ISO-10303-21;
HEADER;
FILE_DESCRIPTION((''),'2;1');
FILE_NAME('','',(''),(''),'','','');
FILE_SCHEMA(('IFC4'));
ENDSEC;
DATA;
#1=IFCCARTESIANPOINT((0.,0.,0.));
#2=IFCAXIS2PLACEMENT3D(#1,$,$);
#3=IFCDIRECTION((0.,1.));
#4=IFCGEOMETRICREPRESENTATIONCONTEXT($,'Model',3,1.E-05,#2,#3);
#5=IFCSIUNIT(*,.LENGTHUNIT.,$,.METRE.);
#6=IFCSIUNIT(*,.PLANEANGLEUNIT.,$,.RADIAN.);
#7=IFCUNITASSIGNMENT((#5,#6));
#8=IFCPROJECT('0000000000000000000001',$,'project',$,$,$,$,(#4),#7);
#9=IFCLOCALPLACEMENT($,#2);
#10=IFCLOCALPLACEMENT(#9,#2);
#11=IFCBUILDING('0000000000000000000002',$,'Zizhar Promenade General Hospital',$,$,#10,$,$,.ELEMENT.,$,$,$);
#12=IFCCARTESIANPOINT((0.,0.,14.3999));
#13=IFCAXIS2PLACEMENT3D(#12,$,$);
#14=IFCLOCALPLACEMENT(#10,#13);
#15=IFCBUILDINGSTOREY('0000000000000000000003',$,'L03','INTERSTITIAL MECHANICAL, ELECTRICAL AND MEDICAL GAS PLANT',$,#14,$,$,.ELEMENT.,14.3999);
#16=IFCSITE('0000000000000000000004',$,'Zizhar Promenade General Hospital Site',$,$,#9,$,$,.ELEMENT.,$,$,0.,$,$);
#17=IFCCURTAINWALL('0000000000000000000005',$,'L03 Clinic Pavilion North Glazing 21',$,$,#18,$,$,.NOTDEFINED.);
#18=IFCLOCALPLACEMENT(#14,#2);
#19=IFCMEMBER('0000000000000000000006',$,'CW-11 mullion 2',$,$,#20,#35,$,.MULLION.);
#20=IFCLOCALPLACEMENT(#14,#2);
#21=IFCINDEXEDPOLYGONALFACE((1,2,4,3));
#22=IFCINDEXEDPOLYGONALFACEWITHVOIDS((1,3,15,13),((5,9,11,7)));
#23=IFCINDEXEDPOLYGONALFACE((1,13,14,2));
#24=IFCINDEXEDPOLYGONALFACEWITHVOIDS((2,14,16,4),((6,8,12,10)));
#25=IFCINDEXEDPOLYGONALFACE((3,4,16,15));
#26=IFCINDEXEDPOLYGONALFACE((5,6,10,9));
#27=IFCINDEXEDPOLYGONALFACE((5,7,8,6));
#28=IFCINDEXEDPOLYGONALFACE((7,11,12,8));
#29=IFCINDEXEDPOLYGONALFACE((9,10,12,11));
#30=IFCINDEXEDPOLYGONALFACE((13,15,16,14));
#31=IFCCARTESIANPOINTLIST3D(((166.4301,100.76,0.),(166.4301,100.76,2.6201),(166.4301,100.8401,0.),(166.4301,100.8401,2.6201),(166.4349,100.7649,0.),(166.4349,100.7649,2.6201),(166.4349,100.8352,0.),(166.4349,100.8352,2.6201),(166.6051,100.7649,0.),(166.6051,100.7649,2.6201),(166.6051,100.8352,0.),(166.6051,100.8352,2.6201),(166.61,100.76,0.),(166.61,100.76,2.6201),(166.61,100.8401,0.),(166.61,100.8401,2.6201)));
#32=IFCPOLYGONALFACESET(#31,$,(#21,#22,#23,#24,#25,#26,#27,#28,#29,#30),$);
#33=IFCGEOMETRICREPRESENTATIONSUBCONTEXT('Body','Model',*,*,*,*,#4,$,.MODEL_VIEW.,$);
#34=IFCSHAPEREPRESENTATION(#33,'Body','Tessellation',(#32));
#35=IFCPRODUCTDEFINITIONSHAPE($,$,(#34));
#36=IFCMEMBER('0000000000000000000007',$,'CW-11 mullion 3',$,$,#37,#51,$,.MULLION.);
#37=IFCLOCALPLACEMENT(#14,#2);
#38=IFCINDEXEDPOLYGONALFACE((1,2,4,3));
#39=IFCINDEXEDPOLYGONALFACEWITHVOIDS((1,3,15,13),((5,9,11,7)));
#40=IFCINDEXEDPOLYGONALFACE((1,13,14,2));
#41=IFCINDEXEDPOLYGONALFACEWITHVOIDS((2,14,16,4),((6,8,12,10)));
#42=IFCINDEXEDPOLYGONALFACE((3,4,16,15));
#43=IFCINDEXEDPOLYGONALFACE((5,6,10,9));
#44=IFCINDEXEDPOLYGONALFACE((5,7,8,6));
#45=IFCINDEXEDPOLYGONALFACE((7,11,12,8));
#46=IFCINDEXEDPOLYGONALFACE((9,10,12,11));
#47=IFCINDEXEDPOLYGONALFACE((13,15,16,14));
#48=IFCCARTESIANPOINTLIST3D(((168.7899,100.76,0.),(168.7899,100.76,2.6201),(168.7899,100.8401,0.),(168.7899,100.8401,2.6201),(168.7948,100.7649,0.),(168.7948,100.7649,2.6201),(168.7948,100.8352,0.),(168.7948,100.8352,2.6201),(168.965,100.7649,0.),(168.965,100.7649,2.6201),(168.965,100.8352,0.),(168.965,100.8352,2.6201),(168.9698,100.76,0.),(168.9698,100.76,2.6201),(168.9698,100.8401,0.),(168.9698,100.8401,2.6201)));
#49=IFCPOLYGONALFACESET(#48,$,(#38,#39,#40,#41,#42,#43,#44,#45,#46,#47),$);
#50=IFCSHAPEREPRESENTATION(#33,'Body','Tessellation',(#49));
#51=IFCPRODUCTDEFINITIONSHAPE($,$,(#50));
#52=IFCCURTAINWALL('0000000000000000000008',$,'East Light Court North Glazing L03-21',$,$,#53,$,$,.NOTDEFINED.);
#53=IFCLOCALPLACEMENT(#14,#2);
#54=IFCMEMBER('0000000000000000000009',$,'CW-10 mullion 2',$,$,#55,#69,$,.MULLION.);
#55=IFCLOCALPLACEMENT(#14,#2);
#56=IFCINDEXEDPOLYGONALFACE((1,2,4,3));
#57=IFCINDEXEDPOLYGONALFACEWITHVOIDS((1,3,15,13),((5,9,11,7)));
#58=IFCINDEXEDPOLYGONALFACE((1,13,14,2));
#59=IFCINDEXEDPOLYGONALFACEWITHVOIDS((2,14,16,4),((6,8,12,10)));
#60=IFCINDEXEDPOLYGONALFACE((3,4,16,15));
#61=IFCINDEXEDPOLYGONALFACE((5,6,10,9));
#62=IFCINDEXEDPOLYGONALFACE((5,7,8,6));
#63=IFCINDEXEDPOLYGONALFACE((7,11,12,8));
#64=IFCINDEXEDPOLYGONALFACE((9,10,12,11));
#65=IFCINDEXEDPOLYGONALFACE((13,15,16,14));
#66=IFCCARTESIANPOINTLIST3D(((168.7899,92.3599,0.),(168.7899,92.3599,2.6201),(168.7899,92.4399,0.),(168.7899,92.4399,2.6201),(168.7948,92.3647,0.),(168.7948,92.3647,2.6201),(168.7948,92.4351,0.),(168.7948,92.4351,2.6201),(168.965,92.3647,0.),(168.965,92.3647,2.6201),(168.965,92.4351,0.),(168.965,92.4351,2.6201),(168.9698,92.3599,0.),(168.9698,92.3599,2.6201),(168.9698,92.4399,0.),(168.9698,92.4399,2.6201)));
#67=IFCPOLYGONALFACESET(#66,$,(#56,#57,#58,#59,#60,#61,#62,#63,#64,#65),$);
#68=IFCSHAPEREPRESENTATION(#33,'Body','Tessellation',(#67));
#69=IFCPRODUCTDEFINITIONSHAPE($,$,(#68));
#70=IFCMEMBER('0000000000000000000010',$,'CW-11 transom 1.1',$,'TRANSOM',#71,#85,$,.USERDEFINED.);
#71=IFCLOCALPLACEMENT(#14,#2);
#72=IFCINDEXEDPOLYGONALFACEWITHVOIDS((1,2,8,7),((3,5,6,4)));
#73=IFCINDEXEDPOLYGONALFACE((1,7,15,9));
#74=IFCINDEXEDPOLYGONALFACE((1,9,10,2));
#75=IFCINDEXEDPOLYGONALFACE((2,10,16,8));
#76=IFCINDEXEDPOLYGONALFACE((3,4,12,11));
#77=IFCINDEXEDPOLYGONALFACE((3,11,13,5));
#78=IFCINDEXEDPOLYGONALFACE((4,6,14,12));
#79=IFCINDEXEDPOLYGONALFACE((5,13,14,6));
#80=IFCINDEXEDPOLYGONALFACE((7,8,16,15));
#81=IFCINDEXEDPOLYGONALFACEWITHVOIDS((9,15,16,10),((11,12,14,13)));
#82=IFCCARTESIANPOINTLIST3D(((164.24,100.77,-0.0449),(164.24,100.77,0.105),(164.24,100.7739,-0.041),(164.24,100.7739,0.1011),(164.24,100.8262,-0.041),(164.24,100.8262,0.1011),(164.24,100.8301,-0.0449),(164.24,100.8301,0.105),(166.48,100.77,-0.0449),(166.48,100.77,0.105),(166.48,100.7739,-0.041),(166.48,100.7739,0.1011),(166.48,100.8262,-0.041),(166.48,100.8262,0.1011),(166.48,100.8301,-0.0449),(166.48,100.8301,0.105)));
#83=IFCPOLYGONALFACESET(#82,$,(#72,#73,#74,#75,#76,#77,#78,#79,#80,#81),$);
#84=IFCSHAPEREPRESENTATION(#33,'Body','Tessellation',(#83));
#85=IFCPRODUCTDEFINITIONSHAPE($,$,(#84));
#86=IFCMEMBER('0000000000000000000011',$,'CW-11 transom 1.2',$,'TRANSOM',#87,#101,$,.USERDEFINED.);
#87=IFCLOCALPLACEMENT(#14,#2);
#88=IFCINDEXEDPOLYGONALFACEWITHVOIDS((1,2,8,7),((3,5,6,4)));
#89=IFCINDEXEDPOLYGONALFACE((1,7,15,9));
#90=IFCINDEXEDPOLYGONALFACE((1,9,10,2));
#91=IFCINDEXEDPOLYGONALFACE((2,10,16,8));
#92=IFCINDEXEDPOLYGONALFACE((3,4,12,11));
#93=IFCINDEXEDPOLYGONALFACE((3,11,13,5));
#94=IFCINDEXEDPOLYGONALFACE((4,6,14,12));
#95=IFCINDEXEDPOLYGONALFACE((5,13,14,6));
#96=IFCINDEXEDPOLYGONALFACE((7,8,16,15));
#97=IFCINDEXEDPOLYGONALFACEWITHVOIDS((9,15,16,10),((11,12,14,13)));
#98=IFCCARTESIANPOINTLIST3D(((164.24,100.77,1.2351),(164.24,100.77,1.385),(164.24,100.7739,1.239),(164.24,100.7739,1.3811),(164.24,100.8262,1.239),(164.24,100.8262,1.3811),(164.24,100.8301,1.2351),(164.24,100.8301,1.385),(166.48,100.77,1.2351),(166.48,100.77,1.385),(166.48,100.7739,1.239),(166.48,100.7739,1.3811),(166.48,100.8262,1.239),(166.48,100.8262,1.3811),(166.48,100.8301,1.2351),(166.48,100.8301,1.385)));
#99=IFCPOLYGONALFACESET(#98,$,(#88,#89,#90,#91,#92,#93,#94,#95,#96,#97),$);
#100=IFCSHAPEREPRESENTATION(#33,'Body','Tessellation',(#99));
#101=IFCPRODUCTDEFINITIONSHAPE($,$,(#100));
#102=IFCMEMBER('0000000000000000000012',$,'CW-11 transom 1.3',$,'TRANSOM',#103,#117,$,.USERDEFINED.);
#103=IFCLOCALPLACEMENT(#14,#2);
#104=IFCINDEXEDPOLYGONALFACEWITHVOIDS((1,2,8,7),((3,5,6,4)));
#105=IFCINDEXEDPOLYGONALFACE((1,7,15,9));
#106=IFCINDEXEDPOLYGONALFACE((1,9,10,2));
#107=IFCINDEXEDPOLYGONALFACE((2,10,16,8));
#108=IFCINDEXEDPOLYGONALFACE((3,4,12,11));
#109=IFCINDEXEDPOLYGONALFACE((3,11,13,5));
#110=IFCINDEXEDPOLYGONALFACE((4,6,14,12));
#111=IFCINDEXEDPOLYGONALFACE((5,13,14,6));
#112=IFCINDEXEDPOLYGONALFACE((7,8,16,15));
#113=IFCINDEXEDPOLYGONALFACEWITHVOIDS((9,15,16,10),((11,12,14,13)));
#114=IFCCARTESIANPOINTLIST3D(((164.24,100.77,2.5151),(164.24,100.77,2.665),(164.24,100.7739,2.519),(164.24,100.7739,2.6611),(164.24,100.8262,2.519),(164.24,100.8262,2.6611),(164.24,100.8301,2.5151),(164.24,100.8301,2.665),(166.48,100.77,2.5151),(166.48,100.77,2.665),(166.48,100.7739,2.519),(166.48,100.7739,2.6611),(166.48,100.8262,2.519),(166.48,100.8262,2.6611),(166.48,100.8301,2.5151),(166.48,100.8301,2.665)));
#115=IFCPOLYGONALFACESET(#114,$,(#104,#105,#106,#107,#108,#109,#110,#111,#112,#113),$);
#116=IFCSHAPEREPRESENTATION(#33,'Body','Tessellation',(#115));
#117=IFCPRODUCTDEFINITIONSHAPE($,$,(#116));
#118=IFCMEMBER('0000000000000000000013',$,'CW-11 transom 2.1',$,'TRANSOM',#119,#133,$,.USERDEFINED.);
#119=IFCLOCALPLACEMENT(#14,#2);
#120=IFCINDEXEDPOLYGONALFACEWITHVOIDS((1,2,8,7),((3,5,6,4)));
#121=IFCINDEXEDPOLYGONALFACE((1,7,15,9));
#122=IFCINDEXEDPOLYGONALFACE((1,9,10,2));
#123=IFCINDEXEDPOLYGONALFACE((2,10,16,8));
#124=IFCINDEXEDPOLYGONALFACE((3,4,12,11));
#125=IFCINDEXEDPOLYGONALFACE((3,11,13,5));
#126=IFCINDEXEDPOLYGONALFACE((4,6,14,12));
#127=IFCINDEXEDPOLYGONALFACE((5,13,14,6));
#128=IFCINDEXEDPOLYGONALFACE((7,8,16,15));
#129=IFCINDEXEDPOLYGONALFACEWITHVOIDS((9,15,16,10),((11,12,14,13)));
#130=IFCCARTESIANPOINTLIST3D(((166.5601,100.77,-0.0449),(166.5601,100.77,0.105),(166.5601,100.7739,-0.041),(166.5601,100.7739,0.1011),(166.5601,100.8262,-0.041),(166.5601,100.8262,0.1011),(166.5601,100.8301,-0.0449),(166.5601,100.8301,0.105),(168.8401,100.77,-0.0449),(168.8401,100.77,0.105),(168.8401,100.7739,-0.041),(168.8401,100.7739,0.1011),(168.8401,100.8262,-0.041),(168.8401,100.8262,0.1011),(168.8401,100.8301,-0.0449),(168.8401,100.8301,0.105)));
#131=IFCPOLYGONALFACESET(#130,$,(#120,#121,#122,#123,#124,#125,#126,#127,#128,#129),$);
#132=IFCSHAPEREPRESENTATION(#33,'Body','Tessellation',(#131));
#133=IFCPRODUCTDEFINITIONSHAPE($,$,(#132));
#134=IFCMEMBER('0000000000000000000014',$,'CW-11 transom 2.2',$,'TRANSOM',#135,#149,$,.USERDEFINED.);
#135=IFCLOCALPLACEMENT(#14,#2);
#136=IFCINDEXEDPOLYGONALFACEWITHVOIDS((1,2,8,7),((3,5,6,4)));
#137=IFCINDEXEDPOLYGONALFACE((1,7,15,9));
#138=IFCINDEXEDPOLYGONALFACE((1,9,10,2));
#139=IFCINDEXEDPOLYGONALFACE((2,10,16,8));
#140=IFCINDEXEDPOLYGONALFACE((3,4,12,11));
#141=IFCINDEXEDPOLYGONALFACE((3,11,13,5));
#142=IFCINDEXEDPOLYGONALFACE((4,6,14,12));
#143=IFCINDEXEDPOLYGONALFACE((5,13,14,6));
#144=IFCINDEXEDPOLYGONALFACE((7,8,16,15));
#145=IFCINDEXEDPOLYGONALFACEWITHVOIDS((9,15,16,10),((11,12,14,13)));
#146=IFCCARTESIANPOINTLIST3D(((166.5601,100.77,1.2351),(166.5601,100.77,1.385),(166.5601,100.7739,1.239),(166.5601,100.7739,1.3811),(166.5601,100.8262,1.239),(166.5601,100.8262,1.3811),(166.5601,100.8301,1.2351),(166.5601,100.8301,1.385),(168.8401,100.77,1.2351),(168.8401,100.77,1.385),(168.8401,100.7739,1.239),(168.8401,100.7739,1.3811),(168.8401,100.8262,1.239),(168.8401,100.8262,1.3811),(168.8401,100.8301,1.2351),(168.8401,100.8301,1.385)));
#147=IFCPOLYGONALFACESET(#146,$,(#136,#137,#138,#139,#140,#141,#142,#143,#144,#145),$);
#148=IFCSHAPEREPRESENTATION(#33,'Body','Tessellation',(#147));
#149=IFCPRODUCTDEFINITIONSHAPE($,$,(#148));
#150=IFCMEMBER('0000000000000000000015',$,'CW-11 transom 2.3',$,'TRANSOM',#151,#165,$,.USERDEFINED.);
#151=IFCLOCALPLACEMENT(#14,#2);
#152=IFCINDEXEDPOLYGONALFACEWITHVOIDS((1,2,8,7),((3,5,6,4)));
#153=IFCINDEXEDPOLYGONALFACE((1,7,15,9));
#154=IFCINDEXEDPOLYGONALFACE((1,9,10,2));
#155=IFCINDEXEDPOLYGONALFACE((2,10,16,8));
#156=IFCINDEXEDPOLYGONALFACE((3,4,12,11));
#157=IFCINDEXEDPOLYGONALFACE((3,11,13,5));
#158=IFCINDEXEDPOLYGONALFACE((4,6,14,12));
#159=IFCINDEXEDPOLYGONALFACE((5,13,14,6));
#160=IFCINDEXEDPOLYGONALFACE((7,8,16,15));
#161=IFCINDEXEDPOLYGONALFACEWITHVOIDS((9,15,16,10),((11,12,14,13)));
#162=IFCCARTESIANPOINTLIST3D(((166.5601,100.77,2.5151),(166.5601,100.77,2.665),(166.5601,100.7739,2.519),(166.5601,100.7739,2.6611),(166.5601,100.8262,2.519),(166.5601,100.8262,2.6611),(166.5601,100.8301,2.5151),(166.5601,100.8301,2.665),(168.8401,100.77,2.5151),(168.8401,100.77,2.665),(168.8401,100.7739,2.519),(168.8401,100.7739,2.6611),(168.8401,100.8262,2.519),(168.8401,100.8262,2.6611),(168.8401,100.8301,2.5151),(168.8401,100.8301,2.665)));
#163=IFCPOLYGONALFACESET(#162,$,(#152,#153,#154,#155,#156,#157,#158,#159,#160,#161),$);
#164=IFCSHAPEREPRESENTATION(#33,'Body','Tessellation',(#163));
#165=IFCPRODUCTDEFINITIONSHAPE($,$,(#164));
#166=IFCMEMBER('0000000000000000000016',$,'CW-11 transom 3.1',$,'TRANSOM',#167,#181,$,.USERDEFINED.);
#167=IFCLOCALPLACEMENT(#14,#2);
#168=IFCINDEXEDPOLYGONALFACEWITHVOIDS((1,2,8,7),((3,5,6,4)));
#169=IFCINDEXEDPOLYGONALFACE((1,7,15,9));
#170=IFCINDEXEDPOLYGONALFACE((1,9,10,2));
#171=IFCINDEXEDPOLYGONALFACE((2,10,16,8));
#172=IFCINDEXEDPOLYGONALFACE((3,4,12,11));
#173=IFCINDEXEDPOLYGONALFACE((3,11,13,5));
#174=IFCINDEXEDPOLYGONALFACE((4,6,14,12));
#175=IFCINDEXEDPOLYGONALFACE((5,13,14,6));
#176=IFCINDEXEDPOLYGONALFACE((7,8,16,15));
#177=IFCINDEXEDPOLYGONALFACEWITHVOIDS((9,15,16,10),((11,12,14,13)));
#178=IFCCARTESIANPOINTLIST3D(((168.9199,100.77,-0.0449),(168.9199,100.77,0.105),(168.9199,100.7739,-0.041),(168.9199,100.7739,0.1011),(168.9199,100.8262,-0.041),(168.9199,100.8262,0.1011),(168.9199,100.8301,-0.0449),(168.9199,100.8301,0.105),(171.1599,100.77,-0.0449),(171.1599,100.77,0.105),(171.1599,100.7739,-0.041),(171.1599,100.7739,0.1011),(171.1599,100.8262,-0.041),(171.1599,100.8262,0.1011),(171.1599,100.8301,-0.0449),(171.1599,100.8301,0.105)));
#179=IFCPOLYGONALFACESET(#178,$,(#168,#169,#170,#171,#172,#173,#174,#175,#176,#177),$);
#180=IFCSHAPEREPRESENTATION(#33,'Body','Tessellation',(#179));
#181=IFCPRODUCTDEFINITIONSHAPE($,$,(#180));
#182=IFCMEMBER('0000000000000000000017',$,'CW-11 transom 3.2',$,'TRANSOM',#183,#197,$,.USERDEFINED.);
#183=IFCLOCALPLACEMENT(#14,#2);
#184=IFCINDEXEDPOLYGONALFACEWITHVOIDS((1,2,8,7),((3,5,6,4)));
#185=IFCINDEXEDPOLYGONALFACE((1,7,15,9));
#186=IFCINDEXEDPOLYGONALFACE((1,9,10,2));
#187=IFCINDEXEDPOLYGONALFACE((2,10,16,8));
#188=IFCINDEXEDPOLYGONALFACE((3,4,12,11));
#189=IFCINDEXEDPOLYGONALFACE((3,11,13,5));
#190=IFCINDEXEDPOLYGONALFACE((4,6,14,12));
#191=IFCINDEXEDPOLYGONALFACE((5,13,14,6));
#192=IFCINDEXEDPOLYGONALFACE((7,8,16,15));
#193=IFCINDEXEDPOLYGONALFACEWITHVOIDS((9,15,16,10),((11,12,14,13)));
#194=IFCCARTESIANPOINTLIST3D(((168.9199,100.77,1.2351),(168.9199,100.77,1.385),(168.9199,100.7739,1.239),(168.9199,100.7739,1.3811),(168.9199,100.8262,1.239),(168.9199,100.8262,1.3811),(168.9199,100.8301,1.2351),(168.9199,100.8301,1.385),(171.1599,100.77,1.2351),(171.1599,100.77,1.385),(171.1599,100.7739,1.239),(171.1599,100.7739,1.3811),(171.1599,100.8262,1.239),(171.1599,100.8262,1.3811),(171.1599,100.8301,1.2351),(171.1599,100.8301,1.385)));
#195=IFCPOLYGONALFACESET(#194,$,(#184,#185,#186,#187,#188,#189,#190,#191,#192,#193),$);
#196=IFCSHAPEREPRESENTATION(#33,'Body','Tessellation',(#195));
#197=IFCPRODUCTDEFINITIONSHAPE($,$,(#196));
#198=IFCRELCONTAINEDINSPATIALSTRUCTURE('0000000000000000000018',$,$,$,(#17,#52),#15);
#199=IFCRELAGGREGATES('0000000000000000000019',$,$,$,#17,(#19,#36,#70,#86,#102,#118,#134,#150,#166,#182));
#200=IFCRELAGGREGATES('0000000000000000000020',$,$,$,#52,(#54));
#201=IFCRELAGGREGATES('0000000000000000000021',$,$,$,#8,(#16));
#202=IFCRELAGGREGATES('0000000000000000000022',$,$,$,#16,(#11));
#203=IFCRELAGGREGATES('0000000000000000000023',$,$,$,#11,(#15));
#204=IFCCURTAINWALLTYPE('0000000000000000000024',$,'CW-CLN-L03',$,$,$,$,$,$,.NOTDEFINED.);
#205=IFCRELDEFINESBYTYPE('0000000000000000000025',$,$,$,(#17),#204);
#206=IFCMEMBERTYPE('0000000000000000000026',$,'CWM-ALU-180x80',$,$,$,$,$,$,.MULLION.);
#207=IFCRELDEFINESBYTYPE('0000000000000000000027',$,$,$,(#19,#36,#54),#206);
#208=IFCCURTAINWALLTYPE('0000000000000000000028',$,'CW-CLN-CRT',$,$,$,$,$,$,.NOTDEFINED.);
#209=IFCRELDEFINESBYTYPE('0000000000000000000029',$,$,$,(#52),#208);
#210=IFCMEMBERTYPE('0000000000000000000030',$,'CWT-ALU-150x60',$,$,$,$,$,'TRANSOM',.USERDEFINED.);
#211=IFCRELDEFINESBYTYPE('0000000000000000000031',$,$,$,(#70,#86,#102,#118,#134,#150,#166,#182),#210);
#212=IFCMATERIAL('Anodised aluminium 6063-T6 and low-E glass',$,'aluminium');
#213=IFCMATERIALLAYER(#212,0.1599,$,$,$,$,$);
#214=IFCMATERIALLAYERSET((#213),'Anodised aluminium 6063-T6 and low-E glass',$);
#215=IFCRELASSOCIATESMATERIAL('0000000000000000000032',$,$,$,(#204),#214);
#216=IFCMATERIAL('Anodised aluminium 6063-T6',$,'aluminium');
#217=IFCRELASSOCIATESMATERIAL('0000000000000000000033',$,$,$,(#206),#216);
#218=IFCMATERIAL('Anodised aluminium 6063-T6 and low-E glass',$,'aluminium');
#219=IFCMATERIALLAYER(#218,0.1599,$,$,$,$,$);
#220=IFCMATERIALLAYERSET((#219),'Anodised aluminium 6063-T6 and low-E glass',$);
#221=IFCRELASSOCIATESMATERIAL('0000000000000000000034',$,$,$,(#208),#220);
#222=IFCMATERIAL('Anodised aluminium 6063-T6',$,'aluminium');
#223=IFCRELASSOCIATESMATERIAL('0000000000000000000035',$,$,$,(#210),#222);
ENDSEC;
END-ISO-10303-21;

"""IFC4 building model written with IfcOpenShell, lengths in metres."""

from ifc_helpers import new_model, si_unit, direction, frame, origin, origin_2d, place, context, subcontext, project, spatial, hollow_rectangle, extrude, material, layer, layer_set, material_profile, profile_set, type_object, element, aggregate, save


model = new_model("IFC4")

# Units and contexts
model_context = context("Model", 3, precision=1e-05, world=origin(), true_north=direction((0.0, 1.0)))
body_context = subcontext(model_context, "Body", "Model", "MODEL_VIEW")
ifc_project = project(units=[si_unit("LENGTHUNIT", "METRE"), si_unit("PLANEANGLEUNIT", "RADIAN")], contexts=[model_context])

# Site, building, storey
site_placement = place(None, origin())
site = spatial("IfcSite", under=ifc_project, at=site_placement, Name="Zizhar Promenade General Hospital Site", CompositionType="ELEMENT", RefElevation=0.0)
building_placement = place(site_placement, origin())
building = spatial("IfcBuilding", under=site, at=building_placement, Name="Zizhar Promenade General Hospital", CompositionType="ELEMENT")
storey_placement = place(building_placement, frame((0.0, 0.0, 14.3999)))
storey = spatial("IfcBuildingStorey", under=building, at=storey_placement, Name="L03", Description="INTERSTITIAL MECHANICAL, ELECTRICAL AND MEDICAL GAS PLANT", CompositionType="ELEMENT", Elevation=14.3999)

# Curtain wall, members
ifc_material_1 = material(Name="Anodised aluminium 6063-T6 and low-E glass", Category="aluminium")
ifc_layer_1 = layer(ifc_material_1, 0.1599)
ifc_layer_set_1 = layer_set([ifc_layer_1], Name="Anodised aluminium 6063-T6 and low-E glass")
curtain_wall_type_1 = type_object("IfcCurtainWallType", Name="CW-CLN-L03", PredefinedType="NOTDEFINED", material=ifc_layer_set_1)
curtain_wall_1_placement = place(storey_placement, origin())
curtain_wall_1 = element("IfcCurtainWall", 1, at=curtain_wall_1_placement, inside=storey, type_object=curtain_wall_type_1, Name="L03 Clinic Pavilion North Glazing 21", PredefinedType="NOTDEFINED")
ifc_material_2 = material(Name="Anodised aluminium 6063-T6", Category="aluminium")
ifc_material_profile_1 = material_profile(ifc_material_2, hollow_rectangle(XDim=0.0801, YDim=0.1799, WallThickness=0.0049, at=origin_2d()))
ifc_profile_set_1 = profile_set([ifc_material_profile_1], Name="Anodised aluminium 6063-T6")
member_type_1 = type_object("IfcMemberType", Name="CWM-ALU-180x80", PredefinedType="MULLION", material=ifc_profile_set_1)
member_1_placement = place(storey_placement, frame((166.52, 100.8, 0.0), z_axis=(0.0, 0.0, 1.0), x_axis=(0.0, 1.0, 0.0)))
member_1 = element("IfcMember", 2, at=member_1_placement, type_object=member_type_1, Name="CW-11 mullion 2", PredefinedType="MULLION", context=body_context, shape_type="SweptSolid", body=[
    extrude(hollow_rectangle(XDim=0.0801, YDim=0.1799, WallThickness=0.0049, at=origin_2d()), origin(), (0.0, 0.0, 1.0), 2.6201),
])
member_2_placement = place(storey_placement, frame((168.8799, 100.8, 0.0), z_axis=(0.0, 0.0, 1.0), x_axis=(0.0, 1.0, 0.0)))
member_2 = element("IfcMember", 3, at=member_2_placement, type_object=member_type_1, Name="CW-11 mullion 3", PredefinedType="MULLION", context=body_context, shape_type="SweptSolid", body=[
    extrude(hollow_rectangle(XDim=0.0801, YDim=0.1799, WallThickness=0.0049, at=origin_2d()), origin(), (0.0, 0.0, 1.0), 2.6201),
])

# Curtain wall, member
ifc_material_3 = material(Name="Anodised aluminium 6063-T6 and low-E glass", Category="aluminium")
ifc_layer_2 = layer(ifc_material_3, 0.1599)
ifc_layer_set_2 = layer_set([ifc_layer_2], Name="Anodised aluminium 6063-T6 and low-E glass")
curtain_wall_type_2 = type_object("IfcCurtainWallType", Name="CW-CLN-CRT", PredefinedType="NOTDEFINED", material=ifc_layer_set_2)
curtain_wall_2_placement = place(storey_placement, origin())
curtain_wall_2 = element("IfcCurtainWall", 4, at=curtain_wall_2_placement, inside=storey, type_object=curtain_wall_type_2, Name="East Light Court North Glazing L03-21", PredefinedType="NOTDEFINED")
member_3_placement = place(storey_placement, frame((168.8799, 92.3999, 0.0), z_axis=(0.0, 0.0, 1.0), x_axis=(0.0, -1.0, 0.0)))
member_3 = element("IfcMember", 5, at=member_3_placement, type_object=member_type_1, Name="CW-10 mullion 2", PredefinedType="MULLION", context=body_context, shape_type="SweptSolid", body=[
    extrude(hollow_rectangle(XDim=0.0801, YDim=0.1799, WallThickness=0.0049, at=origin_2d()), origin(), (0.0, 0.0, 1.0), 2.6201),
])

# Members
ifc_material_4 = material(Name="Anodised aluminium 6063-T6", Category="aluminium")
ifc_material_profile_2 = material_profile(ifc_material_4, hollow_rectangle(XDim=0.0601, YDim=0.1499, WallThickness=0.0039, at=origin_2d()))
ifc_profile_set_2 = profile_set([ifc_material_profile_2], Name="Anodised aluminium 6063-T6")
member_type_2 = type_object("IfcMemberType", Name="CWT-ALU-150x60", ElementType="TRANSOM", PredefinedType="USERDEFINED", material=ifc_profile_set_2)
member_4_placement = place(storey_placement, frame((164.24, 100.8, 0.03), z_axis=(1.0, 0.0, 0.0), x_axis=(0.0, 1.0, 0.0)))
member_4 = element("IfcMember", 6, at=member_4_placement, type_object=member_type_2, Name="CW-11 transom 1.1", ObjectType="TRANSOM", PredefinedType="USERDEFINED", context=body_context, shape_type="SweptSolid", body=[
    extrude(hollow_rectangle(XDim=0.0601, YDim=0.1499, WallThickness=0.0039, at=origin_2d()), origin(), (0.0, 0.0, 1.0), 2.24),
])
member_5_placement = place(storey_placement, frame((164.24, 100.8, 1.3101), z_axis=(1.0, 0.0, 0.0), x_axis=(0.0, 1.0, 0.0)))
member_5 = element("IfcMember", 7, at=member_5_placement, type_object=member_type_2, Name="CW-11 transom 1.2", ObjectType="TRANSOM", PredefinedType="USERDEFINED", context=body_context, shape_type="SweptSolid", body=[
    extrude(hollow_rectangle(XDim=0.0601, YDim=0.1499, WallThickness=0.0039, at=origin_2d()), origin(), (0.0, 0.0, 1.0), 2.24),
])
member_6_placement = place(storey_placement, frame((164.24, 100.8, 2.5901), z_axis=(1.0, 0.0, 0.0), x_axis=(0.0, 1.0, 0.0)))
member_6 = element("IfcMember", 8, at=member_6_placement, type_object=member_type_2, Name="CW-11 transom 1.3", ObjectType="TRANSOM", PredefinedType="USERDEFINED", context=body_context, shape_type="SweptSolid", body=[
    extrude(hollow_rectangle(XDim=0.0601, YDim=0.1499, WallThickness=0.0039, at=origin_2d()), origin(), (0.0, 0.0, 1.0), 2.24),
])
member_7_placement = place(storey_placement, frame((166.5601, 100.8, 0.03), z_axis=(1.0, 0.0, 0.0), x_axis=(0.0, 1.0, 0.0)))
member_7 = element("IfcMember", 9, at=member_7_placement, type_object=member_type_2, Name="CW-11 transom 2.1", ObjectType="TRANSOM", PredefinedType="USERDEFINED", context=body_context, shape_type="SweptSolid", body=[
    extrude(hollow_rectangle(XDim=0.0601, YDim=0.1499, WallThickness=0.0039, at=origin_2d()), origin(), (0.0, 0.0, 1.0), 2.28),
])
member_8_placement = place(storey_placement, frame((166.5601, 100.8, 1.3101), z_axis=(1.0, 0.0, 0.0), x_axis=(0.0, 1.0, 0.0)))
member_8 = element("IfcMember", 10, at=member_8_placement, type_object=member_type_2, Name="CW-11 transom 2.2", ObjectType="TRANSOM", PredefinedType="USERDEFINED", context=body_context, shape_type="SweptSolid", body=[
    extrude(hollow_rectangle(XDim=0.0601, YDim=0.1499, WallThickness=0.0039, at=origin_2d()), origin(), (0.0, 0.0, 1.0), 2.28),
])
member_9_placement = place(storey_placement, frame((166.5601, 100.8, 2.5901), z_axis=(1.0, 0.0, 0.0), x_axis=(0.0, 1.0, 0.0)))
member_9 = element("IfcMember", 11, at=member_9_placement, type_object=member_type_2, Name="CW-11 transom 2.3", ObjectType="TRANSOM", PredefinedType="USERDEFINED", context=body_context, shape_type="SweptSolid", body=[
    extrude(hollow_rectangle(XDim=0.0601, YDim=0.1499, WallThickness=0.0039, at=origin_2d()), origin(), (0.0, 0.0, 1.0), 2.28),
])
member_10_placement = place(storey_placement, frame((168.9199, 100.8, 0.03), z_axis=(1.0, 0.0, 0.0), x_axis=(0.0, 1.0, 0.0)))
member_10 = element("IfcMember", 12, at=member_10_placement, type_object=member_type_2, Name="CW-11 transom 3.1", ObjectType="TRANSOM", PredefinedType="USERDEFINED", context=body_context, shape_type="SweptSolid", body=[
    extrude(hollow_rectangle(XDim=0.0601, YDim=0.1499, WallThickness=0.0039, at=origin_2d()), origin(), (0.0, 0.0, 1.0), 2.24),
])
member_11_placement = place(storey_placement, frame((168.9199, 100.8, 1.3101), z_axis=(1.0, 0.0, 0.0), x_axis=(0.0, 1.0, 0.0)))
member_11 = element("IfcMember", 13, at=member_11_placement, type_object=member_type_2, Name="CW-11 transom 3.2", ObjectType="TRANSOM", PredefinedType="USERDEFINED", context=body_context, shape_type="SweptSolid", body=[
    extrude(hollow_rectangle(XDim=0.0601, YDim=0.1499, WallThickness=0.0039, at=origin_2d()), origin(), (0.0, 0.0, 1.0), 2.24),
])

aggregate(curtain_wall_1, [member_1, member_2, member_4, member_5, member_6, member_7, member_8, member_9, member_10, member_11])
aggregate(curtain_wall_2, [member_3])

save(model, "model.ifc")
